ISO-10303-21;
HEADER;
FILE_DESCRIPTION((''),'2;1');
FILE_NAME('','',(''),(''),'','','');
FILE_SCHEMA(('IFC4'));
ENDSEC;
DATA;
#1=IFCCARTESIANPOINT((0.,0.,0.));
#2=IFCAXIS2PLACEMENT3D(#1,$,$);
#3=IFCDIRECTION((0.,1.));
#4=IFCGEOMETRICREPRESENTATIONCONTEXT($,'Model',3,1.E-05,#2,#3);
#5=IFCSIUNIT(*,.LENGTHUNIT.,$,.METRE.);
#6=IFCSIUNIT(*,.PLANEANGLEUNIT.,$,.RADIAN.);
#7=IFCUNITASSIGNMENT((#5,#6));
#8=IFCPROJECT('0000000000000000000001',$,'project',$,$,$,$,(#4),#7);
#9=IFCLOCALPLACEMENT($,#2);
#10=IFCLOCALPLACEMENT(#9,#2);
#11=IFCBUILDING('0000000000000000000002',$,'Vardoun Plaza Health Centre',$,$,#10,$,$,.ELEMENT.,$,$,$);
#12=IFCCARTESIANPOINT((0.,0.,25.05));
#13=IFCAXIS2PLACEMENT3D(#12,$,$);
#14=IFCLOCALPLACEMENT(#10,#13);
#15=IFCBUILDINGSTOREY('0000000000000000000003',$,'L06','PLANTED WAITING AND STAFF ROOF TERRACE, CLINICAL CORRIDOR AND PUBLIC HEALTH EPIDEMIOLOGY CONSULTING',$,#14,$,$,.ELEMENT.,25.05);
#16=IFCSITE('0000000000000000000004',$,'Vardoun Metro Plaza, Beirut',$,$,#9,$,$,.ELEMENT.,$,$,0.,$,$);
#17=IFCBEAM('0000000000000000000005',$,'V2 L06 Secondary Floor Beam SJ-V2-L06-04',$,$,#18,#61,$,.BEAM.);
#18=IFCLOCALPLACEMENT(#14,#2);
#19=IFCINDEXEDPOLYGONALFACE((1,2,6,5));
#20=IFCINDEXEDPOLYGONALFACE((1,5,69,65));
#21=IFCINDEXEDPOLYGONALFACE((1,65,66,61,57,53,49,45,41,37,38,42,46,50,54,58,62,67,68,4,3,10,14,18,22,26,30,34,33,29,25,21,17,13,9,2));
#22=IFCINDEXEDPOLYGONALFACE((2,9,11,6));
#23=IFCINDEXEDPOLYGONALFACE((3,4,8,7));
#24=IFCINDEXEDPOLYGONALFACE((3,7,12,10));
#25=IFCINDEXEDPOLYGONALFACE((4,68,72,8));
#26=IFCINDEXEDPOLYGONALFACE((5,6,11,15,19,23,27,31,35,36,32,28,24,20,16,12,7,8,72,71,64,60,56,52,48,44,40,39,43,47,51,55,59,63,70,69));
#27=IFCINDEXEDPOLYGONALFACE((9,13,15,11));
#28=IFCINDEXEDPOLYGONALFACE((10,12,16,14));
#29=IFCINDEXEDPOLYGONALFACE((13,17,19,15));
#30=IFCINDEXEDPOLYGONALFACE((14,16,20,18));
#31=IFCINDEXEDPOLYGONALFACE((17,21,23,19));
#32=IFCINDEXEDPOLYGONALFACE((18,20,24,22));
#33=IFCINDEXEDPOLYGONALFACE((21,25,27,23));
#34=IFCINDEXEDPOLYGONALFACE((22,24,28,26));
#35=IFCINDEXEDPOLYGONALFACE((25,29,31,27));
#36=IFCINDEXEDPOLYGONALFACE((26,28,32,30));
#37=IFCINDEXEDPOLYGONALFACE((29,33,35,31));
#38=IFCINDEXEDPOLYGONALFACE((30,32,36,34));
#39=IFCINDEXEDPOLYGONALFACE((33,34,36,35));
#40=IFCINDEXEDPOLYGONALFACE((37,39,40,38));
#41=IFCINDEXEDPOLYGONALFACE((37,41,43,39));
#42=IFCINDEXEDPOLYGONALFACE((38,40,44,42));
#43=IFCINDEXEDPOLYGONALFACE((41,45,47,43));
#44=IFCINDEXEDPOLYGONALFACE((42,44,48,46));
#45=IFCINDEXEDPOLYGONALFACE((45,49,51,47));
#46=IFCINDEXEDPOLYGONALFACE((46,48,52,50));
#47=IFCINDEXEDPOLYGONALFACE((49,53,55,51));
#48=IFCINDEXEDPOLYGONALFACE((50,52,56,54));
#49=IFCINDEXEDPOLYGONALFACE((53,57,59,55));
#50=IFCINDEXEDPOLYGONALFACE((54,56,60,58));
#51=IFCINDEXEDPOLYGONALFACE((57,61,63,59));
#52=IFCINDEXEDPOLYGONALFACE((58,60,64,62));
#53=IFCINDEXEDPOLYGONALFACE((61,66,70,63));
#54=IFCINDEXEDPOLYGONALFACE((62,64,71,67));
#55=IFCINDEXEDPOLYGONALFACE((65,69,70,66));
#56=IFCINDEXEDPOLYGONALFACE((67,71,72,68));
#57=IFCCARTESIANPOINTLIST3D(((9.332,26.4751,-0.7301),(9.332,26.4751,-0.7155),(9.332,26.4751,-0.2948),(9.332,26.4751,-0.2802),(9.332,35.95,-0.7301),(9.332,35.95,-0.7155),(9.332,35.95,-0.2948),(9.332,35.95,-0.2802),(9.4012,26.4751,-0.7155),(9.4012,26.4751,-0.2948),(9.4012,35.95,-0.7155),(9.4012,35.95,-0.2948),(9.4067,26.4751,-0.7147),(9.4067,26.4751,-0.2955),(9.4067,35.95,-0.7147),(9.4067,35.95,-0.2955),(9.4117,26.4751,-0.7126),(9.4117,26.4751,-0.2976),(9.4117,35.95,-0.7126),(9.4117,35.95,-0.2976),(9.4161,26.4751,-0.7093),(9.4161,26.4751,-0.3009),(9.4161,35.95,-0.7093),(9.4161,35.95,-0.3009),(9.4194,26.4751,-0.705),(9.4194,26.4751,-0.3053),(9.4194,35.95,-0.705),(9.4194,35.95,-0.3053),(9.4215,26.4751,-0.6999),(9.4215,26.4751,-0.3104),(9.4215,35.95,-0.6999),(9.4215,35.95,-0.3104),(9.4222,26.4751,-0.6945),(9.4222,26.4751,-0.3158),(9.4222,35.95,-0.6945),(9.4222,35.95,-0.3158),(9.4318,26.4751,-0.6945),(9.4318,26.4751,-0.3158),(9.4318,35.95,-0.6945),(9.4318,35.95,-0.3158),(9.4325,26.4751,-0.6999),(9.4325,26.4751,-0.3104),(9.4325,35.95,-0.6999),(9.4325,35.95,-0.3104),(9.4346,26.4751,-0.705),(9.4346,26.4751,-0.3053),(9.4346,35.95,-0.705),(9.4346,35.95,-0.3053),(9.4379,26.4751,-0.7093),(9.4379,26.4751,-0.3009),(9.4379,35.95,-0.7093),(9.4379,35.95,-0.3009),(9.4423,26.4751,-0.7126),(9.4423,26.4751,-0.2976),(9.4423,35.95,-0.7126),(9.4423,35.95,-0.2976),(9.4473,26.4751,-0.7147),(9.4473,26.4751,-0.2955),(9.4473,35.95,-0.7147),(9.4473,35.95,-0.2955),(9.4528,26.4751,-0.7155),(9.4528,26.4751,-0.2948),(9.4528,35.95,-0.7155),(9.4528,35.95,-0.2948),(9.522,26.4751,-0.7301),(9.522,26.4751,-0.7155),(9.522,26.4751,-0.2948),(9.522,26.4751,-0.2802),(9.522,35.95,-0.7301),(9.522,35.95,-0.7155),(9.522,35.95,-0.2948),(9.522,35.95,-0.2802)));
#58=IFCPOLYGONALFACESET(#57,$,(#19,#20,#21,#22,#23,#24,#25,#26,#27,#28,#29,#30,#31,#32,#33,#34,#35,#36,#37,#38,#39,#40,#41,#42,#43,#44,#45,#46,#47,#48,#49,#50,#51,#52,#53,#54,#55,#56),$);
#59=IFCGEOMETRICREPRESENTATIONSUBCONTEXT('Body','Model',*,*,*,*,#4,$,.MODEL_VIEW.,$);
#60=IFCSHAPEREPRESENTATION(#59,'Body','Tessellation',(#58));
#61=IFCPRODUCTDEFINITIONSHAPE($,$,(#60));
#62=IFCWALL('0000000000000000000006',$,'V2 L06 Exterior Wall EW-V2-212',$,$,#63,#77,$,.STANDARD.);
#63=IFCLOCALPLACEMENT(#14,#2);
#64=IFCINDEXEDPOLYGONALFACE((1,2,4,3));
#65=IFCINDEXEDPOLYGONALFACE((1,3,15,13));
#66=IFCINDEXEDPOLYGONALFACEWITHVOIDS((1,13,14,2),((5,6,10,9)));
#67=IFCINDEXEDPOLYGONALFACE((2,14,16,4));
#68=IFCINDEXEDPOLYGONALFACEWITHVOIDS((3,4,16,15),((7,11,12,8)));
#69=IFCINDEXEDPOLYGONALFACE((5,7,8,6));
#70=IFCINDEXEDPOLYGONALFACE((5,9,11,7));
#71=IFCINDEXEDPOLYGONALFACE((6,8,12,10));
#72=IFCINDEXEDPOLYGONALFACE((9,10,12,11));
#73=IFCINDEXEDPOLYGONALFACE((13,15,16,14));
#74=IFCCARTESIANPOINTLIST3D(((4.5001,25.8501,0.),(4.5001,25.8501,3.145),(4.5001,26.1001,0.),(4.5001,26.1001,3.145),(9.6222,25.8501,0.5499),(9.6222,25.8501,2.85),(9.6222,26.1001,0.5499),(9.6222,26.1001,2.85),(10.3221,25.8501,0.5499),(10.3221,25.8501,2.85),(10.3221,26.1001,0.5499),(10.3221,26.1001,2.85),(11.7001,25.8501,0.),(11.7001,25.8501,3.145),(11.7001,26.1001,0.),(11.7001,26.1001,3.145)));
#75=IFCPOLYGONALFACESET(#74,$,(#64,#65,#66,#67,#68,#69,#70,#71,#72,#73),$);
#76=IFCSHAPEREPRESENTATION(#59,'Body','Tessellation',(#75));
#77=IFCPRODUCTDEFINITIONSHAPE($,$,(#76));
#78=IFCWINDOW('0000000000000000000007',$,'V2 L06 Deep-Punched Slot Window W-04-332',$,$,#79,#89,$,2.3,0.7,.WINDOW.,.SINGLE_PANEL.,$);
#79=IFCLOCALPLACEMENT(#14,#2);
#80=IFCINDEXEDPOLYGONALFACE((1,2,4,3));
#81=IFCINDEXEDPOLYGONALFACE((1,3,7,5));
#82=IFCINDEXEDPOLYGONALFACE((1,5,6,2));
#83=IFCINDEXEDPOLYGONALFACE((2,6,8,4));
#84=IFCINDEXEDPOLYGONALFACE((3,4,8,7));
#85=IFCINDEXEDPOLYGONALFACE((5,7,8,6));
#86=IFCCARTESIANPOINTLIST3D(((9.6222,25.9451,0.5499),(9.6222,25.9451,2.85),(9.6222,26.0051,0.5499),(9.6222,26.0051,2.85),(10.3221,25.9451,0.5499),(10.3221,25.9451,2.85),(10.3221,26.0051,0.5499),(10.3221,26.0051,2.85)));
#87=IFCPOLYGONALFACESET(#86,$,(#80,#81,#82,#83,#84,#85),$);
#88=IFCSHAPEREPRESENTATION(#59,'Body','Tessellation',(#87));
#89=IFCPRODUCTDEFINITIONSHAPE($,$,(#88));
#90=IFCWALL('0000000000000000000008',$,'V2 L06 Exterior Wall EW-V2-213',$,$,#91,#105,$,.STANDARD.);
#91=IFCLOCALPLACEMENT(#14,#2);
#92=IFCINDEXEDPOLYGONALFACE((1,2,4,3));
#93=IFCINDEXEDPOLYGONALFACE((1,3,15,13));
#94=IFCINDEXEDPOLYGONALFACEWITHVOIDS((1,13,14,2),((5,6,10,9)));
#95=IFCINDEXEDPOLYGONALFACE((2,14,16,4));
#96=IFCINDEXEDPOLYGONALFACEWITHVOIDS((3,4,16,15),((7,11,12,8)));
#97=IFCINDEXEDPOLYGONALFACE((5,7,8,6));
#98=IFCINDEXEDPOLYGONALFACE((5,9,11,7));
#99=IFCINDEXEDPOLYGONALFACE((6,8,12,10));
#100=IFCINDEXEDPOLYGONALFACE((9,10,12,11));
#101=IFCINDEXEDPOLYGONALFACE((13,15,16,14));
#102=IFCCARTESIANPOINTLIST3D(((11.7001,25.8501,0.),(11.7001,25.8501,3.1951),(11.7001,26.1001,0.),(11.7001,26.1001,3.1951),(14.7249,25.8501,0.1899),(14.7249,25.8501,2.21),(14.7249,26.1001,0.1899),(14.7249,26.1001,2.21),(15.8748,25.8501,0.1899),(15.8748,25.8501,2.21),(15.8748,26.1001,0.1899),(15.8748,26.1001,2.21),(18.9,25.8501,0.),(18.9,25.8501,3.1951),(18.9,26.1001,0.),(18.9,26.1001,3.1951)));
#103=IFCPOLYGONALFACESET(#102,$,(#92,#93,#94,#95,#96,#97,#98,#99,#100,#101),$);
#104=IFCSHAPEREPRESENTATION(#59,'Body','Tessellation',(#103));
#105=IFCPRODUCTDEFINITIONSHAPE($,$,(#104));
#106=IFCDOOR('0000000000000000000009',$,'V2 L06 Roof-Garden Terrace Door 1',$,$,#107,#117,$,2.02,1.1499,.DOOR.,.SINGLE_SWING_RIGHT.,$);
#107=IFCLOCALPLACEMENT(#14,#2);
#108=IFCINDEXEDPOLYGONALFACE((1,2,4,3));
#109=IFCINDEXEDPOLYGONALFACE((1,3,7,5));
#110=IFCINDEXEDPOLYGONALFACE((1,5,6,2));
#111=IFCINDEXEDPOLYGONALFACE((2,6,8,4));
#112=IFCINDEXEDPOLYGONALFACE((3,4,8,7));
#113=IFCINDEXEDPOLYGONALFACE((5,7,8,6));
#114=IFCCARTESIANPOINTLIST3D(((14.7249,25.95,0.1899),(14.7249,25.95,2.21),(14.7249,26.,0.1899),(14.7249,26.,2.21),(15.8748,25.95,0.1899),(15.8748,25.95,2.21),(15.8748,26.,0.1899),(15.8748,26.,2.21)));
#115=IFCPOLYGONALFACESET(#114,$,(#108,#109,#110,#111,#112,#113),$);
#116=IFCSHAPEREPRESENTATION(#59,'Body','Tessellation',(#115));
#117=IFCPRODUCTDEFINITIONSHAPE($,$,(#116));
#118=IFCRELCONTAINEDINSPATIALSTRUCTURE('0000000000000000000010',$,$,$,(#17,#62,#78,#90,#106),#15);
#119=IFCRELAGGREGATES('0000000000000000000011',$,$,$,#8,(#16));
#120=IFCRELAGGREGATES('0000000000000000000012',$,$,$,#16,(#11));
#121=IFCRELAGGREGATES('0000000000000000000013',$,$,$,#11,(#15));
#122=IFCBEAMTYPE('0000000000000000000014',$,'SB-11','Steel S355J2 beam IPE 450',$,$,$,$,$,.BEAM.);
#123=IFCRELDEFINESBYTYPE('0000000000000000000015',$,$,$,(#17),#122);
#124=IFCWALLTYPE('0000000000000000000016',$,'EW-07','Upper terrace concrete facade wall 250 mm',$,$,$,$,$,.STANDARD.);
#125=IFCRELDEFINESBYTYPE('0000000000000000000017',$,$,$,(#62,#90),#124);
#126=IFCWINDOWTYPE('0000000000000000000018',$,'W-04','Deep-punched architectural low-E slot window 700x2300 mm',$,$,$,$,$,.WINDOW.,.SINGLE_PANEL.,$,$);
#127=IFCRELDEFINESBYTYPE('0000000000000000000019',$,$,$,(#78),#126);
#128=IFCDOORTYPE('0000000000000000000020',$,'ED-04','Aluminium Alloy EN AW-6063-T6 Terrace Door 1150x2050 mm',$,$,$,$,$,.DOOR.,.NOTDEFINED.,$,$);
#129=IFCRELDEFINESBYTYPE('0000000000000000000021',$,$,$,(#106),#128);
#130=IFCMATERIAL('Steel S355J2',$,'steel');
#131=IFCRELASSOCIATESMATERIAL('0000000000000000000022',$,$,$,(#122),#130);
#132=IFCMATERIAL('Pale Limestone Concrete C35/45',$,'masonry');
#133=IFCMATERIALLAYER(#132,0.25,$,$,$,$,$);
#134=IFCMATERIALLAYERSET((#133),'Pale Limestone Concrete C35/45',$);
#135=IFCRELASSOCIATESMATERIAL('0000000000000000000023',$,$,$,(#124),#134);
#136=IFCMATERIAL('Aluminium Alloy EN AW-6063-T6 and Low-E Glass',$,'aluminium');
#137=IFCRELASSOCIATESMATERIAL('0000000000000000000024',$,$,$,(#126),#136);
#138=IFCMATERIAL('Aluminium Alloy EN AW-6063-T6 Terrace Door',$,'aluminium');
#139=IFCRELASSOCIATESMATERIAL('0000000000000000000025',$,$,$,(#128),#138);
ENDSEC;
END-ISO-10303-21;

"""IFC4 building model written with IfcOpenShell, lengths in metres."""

from ifc_helpers import new_model, si_unit, direction, frame, frame_2d, origin, origin_2d, place, context, subcontext, project, spatial, rectangle, i_section, extrude, material, layer, layer_set, material_profile, profile_set, type_object, element, fill, save


model = new_model("IFC4")

# Units and contexts
model_context = context("Model", 3, precision=1e-05, world=origin(), true_north=direction((0.0, 1.0)))
body_context = subcontext(model_context, "Body", "Model", "MODEL_VIEW")
ifc_project = project(units=[si_unit("LENGTHUNIT", "METRE"), si_unit("PLANEANGLEUNIT", "RADIAN")], contexts=[model_context])

# Site, building, storey
site_placement = place(None, origin())
site = spatial("IfcSite", under=ifc_project, at=site_placement, Name="Vardoun Metro Plaza, Beirut", CompositionType="ELEMENT", RefElevation=0.0)
building_placement = place(site_placement, origin())
building = spatial("IfcBuilding", under=site, at=building_placement, Name="Vardoun Plaza Health Centre", CompositionType="ELEMENT")
storey_placement = place(building_placement, frame((0.0, 0.0, 25.05)))
storey = spatial("IfcBuildingStorey", under=building, at=storey_placement, Name="L06", Description="PLANTED WAITING AND STAFF ROOF TERRACE, CLINICAL CORRIDOR AND PUBLIC HEALTH EPIDEMIOLOGY CONSULTING", CompositionType="ELEMENT", Elevation=25.05)

# Beam
ifc_material_1 = material(Name="Steel S355J2", Category="steel")
ifc_material_profile_1 = material_profile(ifc_material_1, i_section(OverallWidth=0.1899, OverallDepth=0.45, WebThickness=0.0095, FlangeThickness=0.0146, FilletRadius=0.021, at=origin_2d()), Name="IPE 450")
ifc_profile_set_1 = profile_set([ifc_material_profile_1], Name="Steel S355J2")
beam_type_1 = type_object("IfcBeamType", Name="SB-11", Description="Steel S355J2 beam IPE 450", PredefinedType="BEAM", material=ifc_profile_set_1)
beam_1_placement = place(storey_placement, frame((9.427, 26.4751, -0.5051), z_axis=(0.0, 1.0, 0.0), x_axis=(-1.0, 0.0, 0.0)))
element("IfcBeam", 1, at=beam_1_placement, inside=storey, type_object=beam_type_1, Name="V2 L06 Secondary Floor Beam SJ-V2-L06-04", PredefinedType="BEAM", context=body_context, shape_type="SweptSolid", body=[
    extrude(i_section(OverallWidth=0.1899, OverallDepth=0.45, WebThickness=0.0095, FlangeThickness=0.0146, FilletRadius=0.021, at=origin_2d()), origin(), (0.0, 0.0, 1.0), 9.4749),
])

# Wall, opening, window
ifc_material_2 = material(Name="Pale Limestone Concrete C35/45", Category="masonry")
ifc_layer_1 = layer(ifc_material_2, 0.25)
ifc_layer_set_1 = layer_set([ifc_layer_1], Name="Pale Limestone Concrete C35/45")
wall_type_1 = type_object("IfcWallType", Name="EW-07", Description="Upper terrace concrete facade wall 250 mm", PredefinedType="STANDARD", material=ifc_layer_set_1)
wall_1_placement = place(storey_placement, frame((4.5, 25.9751, 0.0), z_axis=(0.0, 0.0, 1.0), x_axis=(1.0, 0.0, 0.0)))
wall_1 = element("IfcWall", 2, at=wall_1_placement, inside=storey, type_object=wall_type_1, Name="V2 L06 Exterior Wall EW-V2-212", PredefinedType="STANDARD", context=body_context, shape_type="SweptSolid", body=[
    extrude(rectangle(XDim=7.2, YDim=0.25, at=frame_2d((3.6001, 0.0))), origin(), (0.0, 0.0, 1.0), 3.145),
])
opening_1_placement = place(wall_1_placement, frame((5.1221, 0.0, 0.55)))
opening_1 = element("IfcOpeningElement", 3, at=opening_1_placement, cuts=wall_1, PredefinedType="OPENING", context=body_context, shape_type="SweptSolid", body=[
    extrude(rectangle(XDim=0.7, YDim=2.3, at=frame_2d((0.3501, 1.1499))), frame((0.0, 0.125, 0.0), z_axis=(0.0, -1.0, 0.0), x_axis=(1.0, 0.0, 0.0)), (0.0, 0.0, 1.0), 0.25),
])
ifc_material_3 = material(Name="Aluminium Alloy EN AW-6063-T6 and Low-E Glass", Category="aluminium")
window_type_1 = type_object("IfcWindowType", Name="W-04", Description="Deep-punched architectural low-E slot window 700x2300 mm", PartitioningType="SINGLE_PANEL", PredefinedType="WINDOW", material=ifc_material_3)
window_1_placement = place(opening_1_placement, origin())
window_1 = element("IfcWindow", 4, at=window_1_placement, inside=storey, type_object=window_type_1, Name="V2 L06 Deep-Punched Slot Window W-04-332", OverallHeight=2.3, OverallWidth=0.7, PartitioningType="SINGLE_PANEL", PredefinedType="WINDOW", context=body_context, shape_type="SweptSolid", body=[
    extrude(rectangle(XDim=0.7, YDim=2.3, at=frame_2d((0.3501, 1.1499))), frame((0.0, 0.03, 0.0), z_axis=(0.0, -1.0, 0.0), x_axis=(1.0, 0.0, 0.0)), (0.0, 0.0, 1.0), 0.0601),
])
fill(opening_1, window_1)

# Wall, opening, door
wall_2_placement = place(storey_placement, frame((11.7, 25.9751, 0.0), z_axis=(0.0, 0.0, 1.0), x_axis=(1.0, 0.0, 0.0)))
wall_2 = element("IfcWall", 5, at=wall_2_placement, inside=storey, type_object=wall_type_1, Name="V2 L06 Exterior Wall EW-V2-213", PredefinedType="STANDARD", context=body_context, shape_type="SweptSolid", body=[
    extrude(rectangle(XDim=7.2, YDim=0.25, at=frame_2d((3.6001, 0.0))), origin(), (0.0, 0.0, 1.0), 3.1951),
])
opening_2_placement = place(wall_2_placement, frame((3.0249, 0.0, 0.1899)))
opening_2 = element("IfcOpeningElement", 6, at=opening_2_placement, cuts=wall_2, PredefinedType="OPENING", context=body_context, shape_type="SweptSolid", body=[
    extrude(rectangle(XDim=1.1499, YDim=2.02, at=frame_2d((0.575, 1.01))), frame((0.0, 0.125, 0.0), z_axis=(0.0, -1.0, 0.0), x_axis=(1.0, 0.0, 0.0)), (0.0, 0.0, 1.0), 0.25),
])
ifc_material_4 = material(Name="Aluminium Alloy EN AW-6063-T6 Terrace Door", Category="aluminium")
door_type_1 = type_object("IfcDoorType", Name="ED-04", Description="Aluminium Alloy EN AW-6063-T6 Terrace Door 1150x2050 mm", OperationType="NOTDEFINED", PredefinedType="DOOR", material=ifc_material_4)
door_1_placement = place(opening_2_placement, origin())
door_1 = element("IfcDoor", 7, at=door_1_placement, inside=storey, type_object=door_type_1, Name="V2 L06 Roof-Garden Terrace Door 1", OperationType="SINGLE_SWING_RIGHT", OverallHeight=2.02, OverallWidth=1.1499, PredefinedType="DOOR", context=body_context, shape_type="SweptSolid", body=[
    extrude(rectangle(XDim=1.1499, YDim=2.02, at=frame_2d((0.575, 1.01))), frame((0.0, 0.0249, 0.0), z_axis=(0.0, -1.0, 0.0), x_axis=(1.0, 0.0, 0.0)), (0.0, 0.0, 1.0), 0.05),
])
fill(opening_2, door_1)

save(model, "model.ifc")
